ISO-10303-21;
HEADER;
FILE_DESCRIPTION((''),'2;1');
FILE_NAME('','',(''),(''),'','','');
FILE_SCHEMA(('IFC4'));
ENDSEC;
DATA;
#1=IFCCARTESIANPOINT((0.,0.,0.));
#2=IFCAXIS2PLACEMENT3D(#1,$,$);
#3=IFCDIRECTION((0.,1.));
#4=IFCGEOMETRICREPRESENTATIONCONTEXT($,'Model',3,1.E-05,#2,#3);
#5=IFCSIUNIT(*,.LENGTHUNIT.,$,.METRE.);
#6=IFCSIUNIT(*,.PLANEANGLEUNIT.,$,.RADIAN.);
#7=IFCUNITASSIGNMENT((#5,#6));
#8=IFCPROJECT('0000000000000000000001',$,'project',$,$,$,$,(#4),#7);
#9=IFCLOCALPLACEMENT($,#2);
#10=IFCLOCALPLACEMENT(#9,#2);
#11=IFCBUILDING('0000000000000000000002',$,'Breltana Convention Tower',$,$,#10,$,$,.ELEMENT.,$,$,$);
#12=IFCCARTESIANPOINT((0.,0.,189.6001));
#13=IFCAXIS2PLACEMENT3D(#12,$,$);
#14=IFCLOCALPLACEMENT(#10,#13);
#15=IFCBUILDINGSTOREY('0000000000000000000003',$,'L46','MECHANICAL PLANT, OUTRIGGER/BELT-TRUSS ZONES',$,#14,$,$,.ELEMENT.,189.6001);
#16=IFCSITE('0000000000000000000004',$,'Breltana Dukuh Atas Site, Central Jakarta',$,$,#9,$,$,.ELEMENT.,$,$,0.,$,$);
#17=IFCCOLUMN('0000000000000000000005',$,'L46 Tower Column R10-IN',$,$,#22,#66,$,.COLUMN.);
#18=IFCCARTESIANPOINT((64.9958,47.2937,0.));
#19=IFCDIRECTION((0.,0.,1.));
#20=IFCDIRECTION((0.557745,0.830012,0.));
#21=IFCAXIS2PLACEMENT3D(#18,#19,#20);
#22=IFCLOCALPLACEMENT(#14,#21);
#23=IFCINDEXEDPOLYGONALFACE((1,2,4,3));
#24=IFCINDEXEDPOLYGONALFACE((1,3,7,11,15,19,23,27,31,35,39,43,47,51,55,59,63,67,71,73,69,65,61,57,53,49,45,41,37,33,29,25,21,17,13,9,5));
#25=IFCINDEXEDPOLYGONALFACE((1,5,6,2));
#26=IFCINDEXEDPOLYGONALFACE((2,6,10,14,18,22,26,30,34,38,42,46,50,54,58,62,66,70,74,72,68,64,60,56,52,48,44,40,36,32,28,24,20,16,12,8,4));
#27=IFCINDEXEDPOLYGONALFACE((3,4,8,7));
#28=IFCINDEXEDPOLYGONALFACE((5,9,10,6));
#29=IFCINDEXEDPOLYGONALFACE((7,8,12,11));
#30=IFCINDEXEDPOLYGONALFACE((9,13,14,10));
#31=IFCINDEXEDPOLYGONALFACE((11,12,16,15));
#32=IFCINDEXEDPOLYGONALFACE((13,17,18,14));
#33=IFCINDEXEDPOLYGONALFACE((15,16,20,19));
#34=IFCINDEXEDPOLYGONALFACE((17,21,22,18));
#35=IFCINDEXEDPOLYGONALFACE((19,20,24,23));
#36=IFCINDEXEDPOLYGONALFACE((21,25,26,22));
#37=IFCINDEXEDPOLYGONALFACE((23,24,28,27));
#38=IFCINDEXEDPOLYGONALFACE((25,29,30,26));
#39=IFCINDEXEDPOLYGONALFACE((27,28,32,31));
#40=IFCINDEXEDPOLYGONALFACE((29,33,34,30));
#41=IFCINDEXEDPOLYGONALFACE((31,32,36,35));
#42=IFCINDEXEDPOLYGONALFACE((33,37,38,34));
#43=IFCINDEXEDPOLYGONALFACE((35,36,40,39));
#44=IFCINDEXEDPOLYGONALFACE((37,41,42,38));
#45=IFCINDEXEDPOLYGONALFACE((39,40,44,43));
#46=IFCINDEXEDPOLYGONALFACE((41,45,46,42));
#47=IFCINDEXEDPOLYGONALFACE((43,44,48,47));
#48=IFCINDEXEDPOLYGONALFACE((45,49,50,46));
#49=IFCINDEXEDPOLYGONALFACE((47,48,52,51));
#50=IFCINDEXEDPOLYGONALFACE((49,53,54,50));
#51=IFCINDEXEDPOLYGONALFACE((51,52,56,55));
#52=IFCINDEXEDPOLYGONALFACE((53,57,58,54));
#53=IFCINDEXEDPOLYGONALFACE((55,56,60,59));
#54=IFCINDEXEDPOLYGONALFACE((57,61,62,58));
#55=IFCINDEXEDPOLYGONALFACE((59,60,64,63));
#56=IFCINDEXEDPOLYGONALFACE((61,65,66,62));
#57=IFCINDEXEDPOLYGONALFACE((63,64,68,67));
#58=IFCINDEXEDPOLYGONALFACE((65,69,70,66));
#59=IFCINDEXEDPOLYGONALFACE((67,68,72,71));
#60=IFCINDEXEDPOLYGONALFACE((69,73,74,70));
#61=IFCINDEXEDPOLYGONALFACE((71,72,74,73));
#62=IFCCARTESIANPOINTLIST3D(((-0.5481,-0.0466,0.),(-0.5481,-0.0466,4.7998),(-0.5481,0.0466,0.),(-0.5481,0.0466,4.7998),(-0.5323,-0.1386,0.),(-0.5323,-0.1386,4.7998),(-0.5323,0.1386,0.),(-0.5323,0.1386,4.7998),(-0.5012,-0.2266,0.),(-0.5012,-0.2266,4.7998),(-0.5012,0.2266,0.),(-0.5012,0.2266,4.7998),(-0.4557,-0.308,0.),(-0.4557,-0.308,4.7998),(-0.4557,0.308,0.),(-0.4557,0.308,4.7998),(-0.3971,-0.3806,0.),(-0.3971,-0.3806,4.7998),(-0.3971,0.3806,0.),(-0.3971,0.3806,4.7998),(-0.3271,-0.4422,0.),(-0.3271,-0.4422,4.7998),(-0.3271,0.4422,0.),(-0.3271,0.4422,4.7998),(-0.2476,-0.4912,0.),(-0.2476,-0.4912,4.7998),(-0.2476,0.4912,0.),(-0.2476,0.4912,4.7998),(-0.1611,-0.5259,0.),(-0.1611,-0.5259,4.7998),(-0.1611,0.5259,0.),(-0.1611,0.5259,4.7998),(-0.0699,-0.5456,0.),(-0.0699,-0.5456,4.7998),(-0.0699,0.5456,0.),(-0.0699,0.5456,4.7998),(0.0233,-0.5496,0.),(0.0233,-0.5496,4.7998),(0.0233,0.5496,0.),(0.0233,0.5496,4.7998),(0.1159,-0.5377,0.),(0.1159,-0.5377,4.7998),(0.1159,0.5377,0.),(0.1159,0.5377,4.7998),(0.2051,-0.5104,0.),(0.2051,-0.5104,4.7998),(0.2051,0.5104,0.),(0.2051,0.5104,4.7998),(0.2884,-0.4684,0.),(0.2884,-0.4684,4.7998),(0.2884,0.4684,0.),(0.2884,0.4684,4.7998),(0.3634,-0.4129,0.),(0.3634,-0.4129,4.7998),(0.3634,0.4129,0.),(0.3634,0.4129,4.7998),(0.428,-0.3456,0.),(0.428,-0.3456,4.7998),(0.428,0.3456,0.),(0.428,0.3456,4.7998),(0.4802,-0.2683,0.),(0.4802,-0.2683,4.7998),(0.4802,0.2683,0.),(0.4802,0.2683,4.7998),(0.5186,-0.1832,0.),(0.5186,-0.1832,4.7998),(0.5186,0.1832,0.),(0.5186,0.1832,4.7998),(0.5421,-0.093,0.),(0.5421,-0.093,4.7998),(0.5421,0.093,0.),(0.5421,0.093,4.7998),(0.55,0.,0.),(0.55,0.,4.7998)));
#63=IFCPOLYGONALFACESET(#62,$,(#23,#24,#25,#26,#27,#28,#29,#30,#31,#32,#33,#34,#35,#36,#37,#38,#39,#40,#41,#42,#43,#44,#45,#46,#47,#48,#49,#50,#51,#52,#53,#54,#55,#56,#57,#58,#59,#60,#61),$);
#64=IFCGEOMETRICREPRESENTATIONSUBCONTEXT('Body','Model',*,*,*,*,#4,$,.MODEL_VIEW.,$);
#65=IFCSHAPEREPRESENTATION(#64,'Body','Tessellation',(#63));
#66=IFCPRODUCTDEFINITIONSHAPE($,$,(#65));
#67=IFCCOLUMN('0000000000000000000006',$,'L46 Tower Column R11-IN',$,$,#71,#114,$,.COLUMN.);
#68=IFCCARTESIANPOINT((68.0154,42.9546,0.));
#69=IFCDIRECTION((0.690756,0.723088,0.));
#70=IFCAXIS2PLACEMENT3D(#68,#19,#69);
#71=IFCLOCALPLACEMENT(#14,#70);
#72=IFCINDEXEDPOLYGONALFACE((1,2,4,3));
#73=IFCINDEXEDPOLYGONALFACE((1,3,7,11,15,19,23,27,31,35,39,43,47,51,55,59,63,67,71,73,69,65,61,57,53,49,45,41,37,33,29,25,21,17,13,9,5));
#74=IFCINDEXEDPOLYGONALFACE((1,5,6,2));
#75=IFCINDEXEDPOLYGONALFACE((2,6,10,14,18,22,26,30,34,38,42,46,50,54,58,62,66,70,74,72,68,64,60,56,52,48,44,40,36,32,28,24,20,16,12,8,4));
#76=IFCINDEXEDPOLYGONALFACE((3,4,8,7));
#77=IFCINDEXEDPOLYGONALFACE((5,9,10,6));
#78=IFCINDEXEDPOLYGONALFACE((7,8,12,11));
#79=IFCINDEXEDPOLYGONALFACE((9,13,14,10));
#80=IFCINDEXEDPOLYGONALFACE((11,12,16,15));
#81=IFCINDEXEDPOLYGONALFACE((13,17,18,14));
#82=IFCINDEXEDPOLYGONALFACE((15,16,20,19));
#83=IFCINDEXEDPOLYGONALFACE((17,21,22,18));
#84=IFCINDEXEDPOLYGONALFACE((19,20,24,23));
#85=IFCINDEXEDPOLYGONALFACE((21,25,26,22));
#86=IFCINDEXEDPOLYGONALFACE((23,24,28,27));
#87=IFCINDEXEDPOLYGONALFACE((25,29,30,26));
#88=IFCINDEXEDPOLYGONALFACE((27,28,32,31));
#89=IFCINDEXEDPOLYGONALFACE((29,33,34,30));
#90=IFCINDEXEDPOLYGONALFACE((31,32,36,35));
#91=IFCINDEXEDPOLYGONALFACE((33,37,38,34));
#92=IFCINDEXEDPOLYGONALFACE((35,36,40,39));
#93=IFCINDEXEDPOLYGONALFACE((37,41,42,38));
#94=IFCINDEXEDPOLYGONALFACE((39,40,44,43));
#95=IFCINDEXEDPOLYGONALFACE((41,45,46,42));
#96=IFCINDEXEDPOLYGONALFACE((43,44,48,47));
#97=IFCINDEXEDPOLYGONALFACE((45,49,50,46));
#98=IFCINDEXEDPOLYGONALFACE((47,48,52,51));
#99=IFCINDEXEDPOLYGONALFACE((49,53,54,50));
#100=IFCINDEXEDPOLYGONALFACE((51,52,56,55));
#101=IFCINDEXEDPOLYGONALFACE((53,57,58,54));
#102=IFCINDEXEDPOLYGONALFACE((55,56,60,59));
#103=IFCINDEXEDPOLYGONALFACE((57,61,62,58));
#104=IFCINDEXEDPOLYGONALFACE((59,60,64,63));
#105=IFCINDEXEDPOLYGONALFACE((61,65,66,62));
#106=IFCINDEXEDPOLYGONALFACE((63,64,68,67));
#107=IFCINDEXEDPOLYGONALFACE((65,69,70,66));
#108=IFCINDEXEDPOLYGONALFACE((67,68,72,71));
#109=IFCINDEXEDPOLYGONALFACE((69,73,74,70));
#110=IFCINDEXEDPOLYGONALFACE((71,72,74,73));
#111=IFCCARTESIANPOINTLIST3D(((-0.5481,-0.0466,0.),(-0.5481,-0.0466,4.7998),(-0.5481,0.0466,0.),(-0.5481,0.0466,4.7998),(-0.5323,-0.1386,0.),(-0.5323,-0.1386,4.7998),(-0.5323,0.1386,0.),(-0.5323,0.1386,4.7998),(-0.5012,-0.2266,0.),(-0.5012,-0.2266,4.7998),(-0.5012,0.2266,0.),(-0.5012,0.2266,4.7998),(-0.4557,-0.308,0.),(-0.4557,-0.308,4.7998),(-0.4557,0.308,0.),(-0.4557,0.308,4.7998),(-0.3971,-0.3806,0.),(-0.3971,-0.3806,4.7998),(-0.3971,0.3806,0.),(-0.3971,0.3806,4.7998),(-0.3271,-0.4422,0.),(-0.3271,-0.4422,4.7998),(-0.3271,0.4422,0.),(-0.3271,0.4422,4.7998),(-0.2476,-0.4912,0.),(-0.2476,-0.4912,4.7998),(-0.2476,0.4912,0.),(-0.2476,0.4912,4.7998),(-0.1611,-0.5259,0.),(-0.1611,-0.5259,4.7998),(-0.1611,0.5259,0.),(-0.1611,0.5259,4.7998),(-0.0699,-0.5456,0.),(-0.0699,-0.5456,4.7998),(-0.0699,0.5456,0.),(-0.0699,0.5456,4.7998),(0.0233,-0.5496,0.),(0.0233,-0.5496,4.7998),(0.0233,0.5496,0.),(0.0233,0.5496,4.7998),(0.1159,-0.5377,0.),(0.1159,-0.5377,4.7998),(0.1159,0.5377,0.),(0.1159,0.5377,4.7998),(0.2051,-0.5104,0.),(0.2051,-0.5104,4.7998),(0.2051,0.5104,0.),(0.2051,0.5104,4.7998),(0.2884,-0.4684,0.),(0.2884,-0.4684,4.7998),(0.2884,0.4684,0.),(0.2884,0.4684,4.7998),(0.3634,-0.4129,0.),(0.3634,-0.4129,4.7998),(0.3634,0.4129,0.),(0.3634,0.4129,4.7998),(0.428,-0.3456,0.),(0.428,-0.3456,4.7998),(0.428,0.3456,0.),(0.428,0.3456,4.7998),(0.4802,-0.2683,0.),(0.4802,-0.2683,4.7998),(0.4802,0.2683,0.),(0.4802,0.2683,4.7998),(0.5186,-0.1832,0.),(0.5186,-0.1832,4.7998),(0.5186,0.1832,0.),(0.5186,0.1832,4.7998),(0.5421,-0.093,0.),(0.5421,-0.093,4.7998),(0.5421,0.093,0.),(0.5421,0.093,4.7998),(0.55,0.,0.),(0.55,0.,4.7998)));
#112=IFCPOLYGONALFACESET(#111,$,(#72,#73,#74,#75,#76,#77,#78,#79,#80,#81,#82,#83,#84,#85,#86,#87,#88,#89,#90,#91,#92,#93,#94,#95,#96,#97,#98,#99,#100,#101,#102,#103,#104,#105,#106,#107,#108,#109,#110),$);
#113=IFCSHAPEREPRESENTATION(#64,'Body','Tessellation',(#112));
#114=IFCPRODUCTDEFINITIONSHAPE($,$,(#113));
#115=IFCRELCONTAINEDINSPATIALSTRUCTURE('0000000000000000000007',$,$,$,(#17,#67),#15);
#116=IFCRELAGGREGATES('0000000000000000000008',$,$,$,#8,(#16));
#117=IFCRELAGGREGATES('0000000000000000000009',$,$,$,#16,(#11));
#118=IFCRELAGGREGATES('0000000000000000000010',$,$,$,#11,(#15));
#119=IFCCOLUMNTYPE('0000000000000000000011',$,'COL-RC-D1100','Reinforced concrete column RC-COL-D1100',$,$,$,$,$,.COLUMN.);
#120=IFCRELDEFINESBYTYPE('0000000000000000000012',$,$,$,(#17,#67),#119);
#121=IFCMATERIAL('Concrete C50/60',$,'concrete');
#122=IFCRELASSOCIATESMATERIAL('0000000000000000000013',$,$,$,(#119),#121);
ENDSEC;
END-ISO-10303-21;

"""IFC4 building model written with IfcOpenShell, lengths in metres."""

from ifc_helpers import new_model, si_unit, direction, frame, origin, origin_2d, place, context, subcontext, project, spatial, circle, extrude, source, transform, mapped, material, material_profile, profile_set, type_object, element, save


model = new_model("IFC4")

# Units and contexts
model_context = context("Model", 3, precision=1e-05, world=origin(), true_north=direction((0.0, 1.0)))
body_context = subcontext(model_context, "Body", "Model", "MODEL_VIEW")
ifc_project = project(units=[si_unit("LENGTHUNIT", "METRE"), si_unit("PLANEANGLEUNIT", "RADIAN")], contexts=[model_context])

# Site, building, storey
site_placement = place(None, origin())
site = spatial("IfcSite", under=ifc_project, at=site_placement, Name="Breltana Dukuh Atas Site, Central Jakarta", CompositionType="ELEMENT", RefElevation=0.0)
building_placement = place(site_placement, origin())
building = spatial("IfcBuilding", under=site, at=building_placement, Name="Breltana Convention Tower", CompositionType="ELEMENT")
storey_placement = place(building_placement, frame((0.0, 0.0, 189.6001)))
storey = spatial("IfcBuildingStorey", under=building, at=storey_placement, Name="L46", Description="MECHANICAL PLANT, OUTRIGGER/BELT-TRUSS ZONES", CompositionType="ELEMENT", Elevation=189.6001)

# Columns
ifc_material_1 = material(Name="Concrete C50/60", Category="concrete")
ifc_material_profile_1 = material_profile(ifc_material_1, circle(Radius=0.55, at=origin_2d()), Name="RC-COL-D1100")
ifc_profile_set_1 = profile_set([ifc_material_profile_1], Name="Concrete C50/60")
column_type = type_object("IfcColumnType", Name="COL-RC-D1100", Description="Reinforced concrete column RC-COL-D1100", PredefinedType="COLUMN", material=ifc_profile_set_1)
shared_shape_1 = source(origin(), body_context, "Body", "SweptSolid", [
    extrude(circle(Radius=0.55, at=origin_2d()), origin(), (0.0, 0.0, 1.0), 4.7998),
])
for number, where, z_axis, x_axis, name in (
    (1, (64.9958, 47.2937, 0.0), (0.0, 0.0, 1.0), (0.557745, 0.830012, 0.0), "L46 Tower Column R10-IN"),
    (2, (68.0154, 42.9546, 0.0), (0.0, 0.0, 1.0), (0.690756, 0.723088, 0.0), "L46 Tower Column R11-IN"),
):
    element("IfcColumn", number, at=place(storey_placement, frame(where, z_axis=z_axis, x_axis=x_axis)), inside=storey, type_object=column_type, Name=name, PredefinedType="COLUMN", context=body_context, shape_type="MappedRepresentation", body=[
        mapped(shared_shape_1, transform((0.0, 0.0, 0.0), scale=1.0)),
    ])

save(model, "model.ifc")
